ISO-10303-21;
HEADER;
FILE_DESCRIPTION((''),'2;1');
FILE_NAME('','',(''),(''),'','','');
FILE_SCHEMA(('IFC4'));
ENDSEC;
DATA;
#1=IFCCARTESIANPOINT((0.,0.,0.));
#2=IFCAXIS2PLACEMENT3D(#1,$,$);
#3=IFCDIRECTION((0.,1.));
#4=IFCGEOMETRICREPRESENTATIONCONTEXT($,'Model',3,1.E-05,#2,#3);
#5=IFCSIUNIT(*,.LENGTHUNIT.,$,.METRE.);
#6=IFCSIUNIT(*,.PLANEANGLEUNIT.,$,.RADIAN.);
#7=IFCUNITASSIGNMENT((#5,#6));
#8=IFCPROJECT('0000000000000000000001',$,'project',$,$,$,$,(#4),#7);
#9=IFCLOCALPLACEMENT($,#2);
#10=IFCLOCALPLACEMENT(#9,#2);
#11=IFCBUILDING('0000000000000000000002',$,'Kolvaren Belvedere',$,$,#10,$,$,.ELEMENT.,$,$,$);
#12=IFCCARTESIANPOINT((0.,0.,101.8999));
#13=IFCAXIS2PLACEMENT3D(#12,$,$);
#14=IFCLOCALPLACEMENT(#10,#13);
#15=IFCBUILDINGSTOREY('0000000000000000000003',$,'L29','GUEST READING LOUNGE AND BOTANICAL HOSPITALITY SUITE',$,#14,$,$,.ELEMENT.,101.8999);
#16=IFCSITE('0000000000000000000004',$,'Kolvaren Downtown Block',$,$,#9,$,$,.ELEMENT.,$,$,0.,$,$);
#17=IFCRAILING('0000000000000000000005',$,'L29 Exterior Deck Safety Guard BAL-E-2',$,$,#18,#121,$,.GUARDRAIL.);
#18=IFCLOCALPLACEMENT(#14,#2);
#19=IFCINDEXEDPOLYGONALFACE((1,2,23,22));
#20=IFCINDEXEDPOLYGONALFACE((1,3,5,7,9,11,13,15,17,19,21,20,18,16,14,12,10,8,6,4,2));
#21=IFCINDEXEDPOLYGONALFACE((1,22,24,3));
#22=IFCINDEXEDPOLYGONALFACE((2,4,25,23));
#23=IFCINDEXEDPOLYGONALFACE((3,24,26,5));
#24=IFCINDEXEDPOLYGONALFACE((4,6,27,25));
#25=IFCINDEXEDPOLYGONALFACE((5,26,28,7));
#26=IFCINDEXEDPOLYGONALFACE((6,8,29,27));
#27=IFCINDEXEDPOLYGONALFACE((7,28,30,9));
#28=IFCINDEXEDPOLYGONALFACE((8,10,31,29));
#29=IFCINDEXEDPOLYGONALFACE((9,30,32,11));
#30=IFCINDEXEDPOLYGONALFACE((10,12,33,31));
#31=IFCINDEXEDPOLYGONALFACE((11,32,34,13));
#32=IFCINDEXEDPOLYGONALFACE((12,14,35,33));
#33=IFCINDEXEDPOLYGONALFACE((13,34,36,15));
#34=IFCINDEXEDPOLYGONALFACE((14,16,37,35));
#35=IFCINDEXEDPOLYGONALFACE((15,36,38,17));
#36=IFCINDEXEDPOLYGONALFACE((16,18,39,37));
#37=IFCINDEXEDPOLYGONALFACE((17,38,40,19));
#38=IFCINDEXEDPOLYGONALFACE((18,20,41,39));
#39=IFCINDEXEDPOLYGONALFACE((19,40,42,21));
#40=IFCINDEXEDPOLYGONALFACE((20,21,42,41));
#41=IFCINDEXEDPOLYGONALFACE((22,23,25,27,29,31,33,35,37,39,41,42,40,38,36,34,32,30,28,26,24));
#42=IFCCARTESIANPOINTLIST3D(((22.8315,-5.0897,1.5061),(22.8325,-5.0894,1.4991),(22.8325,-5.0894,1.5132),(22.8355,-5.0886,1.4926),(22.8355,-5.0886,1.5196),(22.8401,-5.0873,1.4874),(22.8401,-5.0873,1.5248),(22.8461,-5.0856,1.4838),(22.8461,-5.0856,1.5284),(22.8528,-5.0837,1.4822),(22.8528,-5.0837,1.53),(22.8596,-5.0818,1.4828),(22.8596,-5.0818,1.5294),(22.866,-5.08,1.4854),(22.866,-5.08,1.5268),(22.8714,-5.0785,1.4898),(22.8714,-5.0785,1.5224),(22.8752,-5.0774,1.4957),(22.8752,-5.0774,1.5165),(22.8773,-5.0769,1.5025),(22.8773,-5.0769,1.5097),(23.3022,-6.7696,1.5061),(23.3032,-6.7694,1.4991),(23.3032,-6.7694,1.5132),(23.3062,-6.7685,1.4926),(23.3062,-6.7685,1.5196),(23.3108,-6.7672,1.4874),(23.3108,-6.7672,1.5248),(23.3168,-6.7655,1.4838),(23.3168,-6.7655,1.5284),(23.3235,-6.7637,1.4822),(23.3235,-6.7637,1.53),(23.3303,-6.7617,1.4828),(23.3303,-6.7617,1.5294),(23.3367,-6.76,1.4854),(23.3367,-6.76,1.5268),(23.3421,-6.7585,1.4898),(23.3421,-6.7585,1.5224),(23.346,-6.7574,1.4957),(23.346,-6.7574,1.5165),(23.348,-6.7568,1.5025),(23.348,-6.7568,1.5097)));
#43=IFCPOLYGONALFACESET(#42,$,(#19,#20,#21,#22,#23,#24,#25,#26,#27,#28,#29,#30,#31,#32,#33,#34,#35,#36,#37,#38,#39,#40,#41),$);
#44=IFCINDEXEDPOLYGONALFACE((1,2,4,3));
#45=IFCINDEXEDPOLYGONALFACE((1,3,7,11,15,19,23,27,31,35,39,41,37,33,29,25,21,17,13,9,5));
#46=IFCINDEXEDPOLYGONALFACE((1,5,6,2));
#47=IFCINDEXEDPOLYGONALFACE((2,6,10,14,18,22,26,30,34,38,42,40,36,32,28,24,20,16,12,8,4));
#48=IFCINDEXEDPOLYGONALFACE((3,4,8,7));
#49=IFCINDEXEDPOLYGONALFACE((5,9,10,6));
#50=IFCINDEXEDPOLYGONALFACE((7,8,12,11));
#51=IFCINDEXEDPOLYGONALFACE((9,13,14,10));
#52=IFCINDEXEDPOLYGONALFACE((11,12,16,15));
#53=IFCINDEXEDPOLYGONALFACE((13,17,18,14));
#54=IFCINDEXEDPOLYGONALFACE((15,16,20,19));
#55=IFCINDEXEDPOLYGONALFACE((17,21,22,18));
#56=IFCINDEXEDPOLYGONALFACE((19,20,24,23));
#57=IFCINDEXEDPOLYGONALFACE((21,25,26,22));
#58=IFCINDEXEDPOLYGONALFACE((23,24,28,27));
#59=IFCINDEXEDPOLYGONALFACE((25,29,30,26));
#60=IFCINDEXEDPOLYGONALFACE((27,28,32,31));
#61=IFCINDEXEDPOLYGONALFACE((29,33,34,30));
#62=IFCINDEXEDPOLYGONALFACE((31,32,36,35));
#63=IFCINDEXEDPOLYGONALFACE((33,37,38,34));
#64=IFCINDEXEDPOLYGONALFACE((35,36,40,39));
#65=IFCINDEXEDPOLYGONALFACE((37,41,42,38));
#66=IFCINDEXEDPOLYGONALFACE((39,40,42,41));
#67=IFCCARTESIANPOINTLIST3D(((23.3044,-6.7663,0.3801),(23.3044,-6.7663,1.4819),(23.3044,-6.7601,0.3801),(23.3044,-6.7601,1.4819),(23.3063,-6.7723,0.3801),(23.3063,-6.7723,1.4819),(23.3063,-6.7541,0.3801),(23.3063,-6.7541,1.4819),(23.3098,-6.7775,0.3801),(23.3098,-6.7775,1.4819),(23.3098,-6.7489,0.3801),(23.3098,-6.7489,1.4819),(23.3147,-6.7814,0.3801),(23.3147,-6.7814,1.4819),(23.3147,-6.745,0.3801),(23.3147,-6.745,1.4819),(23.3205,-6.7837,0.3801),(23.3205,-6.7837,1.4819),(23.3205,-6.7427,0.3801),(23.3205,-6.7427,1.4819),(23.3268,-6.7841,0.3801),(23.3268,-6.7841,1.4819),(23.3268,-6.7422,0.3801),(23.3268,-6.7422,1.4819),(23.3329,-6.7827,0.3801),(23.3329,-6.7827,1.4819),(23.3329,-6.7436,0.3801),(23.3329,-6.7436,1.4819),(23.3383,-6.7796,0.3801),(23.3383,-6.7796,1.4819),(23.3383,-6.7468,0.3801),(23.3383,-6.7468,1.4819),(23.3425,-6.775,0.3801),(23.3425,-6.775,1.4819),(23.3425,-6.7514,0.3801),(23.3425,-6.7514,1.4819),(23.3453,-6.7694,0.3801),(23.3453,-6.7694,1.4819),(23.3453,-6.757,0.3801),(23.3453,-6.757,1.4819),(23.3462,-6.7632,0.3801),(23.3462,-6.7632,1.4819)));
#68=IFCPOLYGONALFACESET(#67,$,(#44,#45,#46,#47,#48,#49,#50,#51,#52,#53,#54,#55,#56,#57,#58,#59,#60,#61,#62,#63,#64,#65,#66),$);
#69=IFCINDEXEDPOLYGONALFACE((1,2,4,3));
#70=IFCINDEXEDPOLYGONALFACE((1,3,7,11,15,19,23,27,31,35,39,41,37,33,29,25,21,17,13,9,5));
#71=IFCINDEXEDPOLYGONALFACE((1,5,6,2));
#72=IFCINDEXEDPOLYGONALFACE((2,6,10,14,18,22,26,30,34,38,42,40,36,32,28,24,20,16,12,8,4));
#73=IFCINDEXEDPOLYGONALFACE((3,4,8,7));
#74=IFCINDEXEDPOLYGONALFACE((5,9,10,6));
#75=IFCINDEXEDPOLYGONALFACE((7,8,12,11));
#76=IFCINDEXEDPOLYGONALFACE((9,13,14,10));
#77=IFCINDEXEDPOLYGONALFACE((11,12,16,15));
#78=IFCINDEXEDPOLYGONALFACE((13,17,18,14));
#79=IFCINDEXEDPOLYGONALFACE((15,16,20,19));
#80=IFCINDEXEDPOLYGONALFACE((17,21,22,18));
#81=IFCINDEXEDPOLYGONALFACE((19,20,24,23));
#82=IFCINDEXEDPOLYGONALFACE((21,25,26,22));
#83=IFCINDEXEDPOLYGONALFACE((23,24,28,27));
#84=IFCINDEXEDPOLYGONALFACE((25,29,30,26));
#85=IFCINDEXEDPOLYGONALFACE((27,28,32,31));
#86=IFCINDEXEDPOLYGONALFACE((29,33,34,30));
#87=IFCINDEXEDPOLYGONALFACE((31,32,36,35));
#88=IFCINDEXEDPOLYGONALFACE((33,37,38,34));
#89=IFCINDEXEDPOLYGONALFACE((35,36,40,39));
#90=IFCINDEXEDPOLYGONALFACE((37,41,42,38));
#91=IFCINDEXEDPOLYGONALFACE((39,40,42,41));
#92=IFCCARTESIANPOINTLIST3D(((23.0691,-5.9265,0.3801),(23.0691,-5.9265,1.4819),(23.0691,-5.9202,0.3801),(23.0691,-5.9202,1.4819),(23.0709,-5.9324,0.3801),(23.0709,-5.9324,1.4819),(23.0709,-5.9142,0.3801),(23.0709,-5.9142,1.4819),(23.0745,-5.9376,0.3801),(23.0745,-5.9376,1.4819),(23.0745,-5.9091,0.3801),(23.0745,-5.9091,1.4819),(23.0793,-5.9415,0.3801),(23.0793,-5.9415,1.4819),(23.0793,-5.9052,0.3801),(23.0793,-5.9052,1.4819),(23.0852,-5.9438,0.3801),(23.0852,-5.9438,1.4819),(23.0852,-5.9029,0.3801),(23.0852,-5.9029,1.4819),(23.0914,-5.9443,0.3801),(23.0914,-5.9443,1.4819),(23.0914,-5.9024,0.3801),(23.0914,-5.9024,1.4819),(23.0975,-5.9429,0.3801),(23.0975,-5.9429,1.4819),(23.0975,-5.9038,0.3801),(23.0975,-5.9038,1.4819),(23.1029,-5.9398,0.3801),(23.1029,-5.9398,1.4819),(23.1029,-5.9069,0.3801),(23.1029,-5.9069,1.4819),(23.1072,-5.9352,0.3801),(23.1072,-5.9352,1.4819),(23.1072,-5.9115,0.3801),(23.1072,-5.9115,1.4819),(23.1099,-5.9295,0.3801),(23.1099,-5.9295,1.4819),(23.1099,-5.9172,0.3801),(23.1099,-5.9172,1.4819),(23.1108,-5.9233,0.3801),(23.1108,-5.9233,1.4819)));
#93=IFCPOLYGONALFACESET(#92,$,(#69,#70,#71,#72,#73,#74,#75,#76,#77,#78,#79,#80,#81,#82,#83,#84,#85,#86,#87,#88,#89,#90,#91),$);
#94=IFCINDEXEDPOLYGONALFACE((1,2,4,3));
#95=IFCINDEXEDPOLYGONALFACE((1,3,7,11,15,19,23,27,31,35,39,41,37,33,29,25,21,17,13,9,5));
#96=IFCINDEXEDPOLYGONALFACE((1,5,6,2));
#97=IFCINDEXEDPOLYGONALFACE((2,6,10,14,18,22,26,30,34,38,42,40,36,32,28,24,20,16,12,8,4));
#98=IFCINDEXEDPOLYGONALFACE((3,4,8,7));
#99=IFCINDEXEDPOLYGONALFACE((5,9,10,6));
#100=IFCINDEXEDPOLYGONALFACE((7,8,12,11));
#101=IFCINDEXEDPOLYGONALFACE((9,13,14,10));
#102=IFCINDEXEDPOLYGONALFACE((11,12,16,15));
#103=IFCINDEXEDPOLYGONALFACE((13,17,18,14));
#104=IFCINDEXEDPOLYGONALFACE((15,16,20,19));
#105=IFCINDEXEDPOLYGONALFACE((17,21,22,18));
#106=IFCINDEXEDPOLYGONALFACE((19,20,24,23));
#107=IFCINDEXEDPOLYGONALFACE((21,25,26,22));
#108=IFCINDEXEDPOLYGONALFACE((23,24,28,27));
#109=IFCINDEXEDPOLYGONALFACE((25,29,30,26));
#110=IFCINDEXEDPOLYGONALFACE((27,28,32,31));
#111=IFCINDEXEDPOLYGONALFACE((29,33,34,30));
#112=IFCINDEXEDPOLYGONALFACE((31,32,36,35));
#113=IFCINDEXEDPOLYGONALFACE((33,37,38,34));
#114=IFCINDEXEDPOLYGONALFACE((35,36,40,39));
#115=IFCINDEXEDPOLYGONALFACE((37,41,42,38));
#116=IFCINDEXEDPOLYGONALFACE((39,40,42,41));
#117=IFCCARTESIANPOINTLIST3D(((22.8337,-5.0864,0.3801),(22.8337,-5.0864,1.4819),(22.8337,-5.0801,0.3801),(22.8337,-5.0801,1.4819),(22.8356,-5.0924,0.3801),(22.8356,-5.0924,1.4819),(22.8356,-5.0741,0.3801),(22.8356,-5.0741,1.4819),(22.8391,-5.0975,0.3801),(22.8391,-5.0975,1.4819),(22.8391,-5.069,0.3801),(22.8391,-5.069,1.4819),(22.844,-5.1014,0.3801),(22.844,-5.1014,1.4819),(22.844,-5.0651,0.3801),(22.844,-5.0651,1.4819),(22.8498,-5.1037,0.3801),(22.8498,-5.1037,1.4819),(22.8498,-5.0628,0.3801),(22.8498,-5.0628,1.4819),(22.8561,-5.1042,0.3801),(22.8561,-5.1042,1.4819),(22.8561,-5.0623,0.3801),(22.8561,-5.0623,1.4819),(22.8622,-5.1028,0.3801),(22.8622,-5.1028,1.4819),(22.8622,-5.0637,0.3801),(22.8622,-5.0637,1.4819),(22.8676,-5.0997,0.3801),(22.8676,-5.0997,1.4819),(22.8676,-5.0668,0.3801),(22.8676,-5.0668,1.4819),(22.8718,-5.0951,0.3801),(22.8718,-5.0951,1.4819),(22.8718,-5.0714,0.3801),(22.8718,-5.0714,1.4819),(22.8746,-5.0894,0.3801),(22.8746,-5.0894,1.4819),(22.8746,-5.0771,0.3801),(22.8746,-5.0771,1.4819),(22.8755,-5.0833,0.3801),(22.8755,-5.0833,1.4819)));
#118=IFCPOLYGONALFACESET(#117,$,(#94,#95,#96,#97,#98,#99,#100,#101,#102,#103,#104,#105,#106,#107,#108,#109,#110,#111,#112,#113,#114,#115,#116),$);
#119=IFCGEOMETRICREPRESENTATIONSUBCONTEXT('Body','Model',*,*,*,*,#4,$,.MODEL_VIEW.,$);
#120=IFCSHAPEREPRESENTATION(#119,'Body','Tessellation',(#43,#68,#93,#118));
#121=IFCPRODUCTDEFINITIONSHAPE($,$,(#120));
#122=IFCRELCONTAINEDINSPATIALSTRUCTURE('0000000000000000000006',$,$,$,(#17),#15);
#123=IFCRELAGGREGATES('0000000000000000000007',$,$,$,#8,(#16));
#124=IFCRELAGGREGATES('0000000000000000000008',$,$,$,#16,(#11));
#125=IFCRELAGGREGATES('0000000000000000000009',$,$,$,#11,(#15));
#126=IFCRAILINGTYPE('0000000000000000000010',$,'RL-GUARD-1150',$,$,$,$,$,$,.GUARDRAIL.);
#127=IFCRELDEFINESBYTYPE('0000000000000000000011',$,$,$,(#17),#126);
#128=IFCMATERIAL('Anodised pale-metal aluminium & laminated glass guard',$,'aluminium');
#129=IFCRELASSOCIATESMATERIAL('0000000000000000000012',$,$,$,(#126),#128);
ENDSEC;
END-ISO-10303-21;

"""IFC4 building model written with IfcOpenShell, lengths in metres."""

from ifc_helpers import new_model, si_unit, direction, frame, origin, origin_2d, place, context, subcontext, project, spatial, circle, extrude, material, type_object, element, save


model = new_model("IFC4")

# Units and contexts
model_context = context("Model", 3, precision=1e-05, world=origin(), true_north=direction((0.0, 1.0)))
body_context = subcontext(model_context, "Body", "Model", "MODEL_VIEW")
ifc_project = project(units=[si_unit("LENGTHUNIT", "METRE"), si_unit("PLANEANGLEUNIT", "RADIAN")], contexts=[model_context])

# Site, building, storey
site_placement = place(None, origin())
site = spatial("IfcSite", under=ifc_project, at=site_placement, Name="Kolvaren Downtown Block", CompositionType="ELEMENT", RefElevation=0.0)
building_placement = place(site_placement, origin())
building = spatial("IfcBuilding", under=site, at=building_placement, Name="Kolvaren Belvedere", CompositionType="ELEMENT")
storey_placement = place(building_placement, frame((0.0, 0.0, 101.8999)))
storey = spatial("IfcBuildingStorey", under=building, at=storey_placement, Name="L29", Description="GUEST READING LOUNGE AND BOTANICAL HOSPITALITY SUITE", CompositionType="ELEMENT", Elevation=101.8999)

# Railing
ifc_material_1 = material(Name="Anodised pale-metal aluminium & laminated glass guard", Category="aluminium")
railing_type = type_object("IfcRailingType", Name="RL-GUARD-1150", PredefinedType="GUARDRAIL", material=ifc_material_1)
railing_1_placement = place(storey_placement, frame((23.3252, -6.7632, 0.3801)))
element("IfcRailing", 1, at=railing_1_placement, inside=storey, type_object=railing_type, Name="L29 Exterior Deck Safety Guard BAL-E-2", PredefinedType="GUARDRAIL", context=body_context, shape_type="SweptSolid", body=[
    extrude(circle(Radius=0.0239, at=origin_2d()), frame((0.0, 0.0, 1.126), z_axis=(-0.269801, 0.962916, 0.0), x_axis=(-0.962916, -0.269801, 0.0)), (0.0, 0.0, 1.0), 1.7446),
    extrude(circle(Radius=0.021, at=origin_2d()), origin(), (0.0, 0.0, 1.0), 1.1018),
    extrude(circle(Radius=0.021, at=origin_2d()), frame((-0.2354, 0.8398, 0.0)), (0.0, 0.0, 1.0), 1.1018),
    extrude(circle(Radius=0.021, at=origin_2d()), frame((-0.4707, 1.6799, 0.0)), (0.0, 0.0, 1.0), 1.1018),
])

save(model, "model.ifc")
